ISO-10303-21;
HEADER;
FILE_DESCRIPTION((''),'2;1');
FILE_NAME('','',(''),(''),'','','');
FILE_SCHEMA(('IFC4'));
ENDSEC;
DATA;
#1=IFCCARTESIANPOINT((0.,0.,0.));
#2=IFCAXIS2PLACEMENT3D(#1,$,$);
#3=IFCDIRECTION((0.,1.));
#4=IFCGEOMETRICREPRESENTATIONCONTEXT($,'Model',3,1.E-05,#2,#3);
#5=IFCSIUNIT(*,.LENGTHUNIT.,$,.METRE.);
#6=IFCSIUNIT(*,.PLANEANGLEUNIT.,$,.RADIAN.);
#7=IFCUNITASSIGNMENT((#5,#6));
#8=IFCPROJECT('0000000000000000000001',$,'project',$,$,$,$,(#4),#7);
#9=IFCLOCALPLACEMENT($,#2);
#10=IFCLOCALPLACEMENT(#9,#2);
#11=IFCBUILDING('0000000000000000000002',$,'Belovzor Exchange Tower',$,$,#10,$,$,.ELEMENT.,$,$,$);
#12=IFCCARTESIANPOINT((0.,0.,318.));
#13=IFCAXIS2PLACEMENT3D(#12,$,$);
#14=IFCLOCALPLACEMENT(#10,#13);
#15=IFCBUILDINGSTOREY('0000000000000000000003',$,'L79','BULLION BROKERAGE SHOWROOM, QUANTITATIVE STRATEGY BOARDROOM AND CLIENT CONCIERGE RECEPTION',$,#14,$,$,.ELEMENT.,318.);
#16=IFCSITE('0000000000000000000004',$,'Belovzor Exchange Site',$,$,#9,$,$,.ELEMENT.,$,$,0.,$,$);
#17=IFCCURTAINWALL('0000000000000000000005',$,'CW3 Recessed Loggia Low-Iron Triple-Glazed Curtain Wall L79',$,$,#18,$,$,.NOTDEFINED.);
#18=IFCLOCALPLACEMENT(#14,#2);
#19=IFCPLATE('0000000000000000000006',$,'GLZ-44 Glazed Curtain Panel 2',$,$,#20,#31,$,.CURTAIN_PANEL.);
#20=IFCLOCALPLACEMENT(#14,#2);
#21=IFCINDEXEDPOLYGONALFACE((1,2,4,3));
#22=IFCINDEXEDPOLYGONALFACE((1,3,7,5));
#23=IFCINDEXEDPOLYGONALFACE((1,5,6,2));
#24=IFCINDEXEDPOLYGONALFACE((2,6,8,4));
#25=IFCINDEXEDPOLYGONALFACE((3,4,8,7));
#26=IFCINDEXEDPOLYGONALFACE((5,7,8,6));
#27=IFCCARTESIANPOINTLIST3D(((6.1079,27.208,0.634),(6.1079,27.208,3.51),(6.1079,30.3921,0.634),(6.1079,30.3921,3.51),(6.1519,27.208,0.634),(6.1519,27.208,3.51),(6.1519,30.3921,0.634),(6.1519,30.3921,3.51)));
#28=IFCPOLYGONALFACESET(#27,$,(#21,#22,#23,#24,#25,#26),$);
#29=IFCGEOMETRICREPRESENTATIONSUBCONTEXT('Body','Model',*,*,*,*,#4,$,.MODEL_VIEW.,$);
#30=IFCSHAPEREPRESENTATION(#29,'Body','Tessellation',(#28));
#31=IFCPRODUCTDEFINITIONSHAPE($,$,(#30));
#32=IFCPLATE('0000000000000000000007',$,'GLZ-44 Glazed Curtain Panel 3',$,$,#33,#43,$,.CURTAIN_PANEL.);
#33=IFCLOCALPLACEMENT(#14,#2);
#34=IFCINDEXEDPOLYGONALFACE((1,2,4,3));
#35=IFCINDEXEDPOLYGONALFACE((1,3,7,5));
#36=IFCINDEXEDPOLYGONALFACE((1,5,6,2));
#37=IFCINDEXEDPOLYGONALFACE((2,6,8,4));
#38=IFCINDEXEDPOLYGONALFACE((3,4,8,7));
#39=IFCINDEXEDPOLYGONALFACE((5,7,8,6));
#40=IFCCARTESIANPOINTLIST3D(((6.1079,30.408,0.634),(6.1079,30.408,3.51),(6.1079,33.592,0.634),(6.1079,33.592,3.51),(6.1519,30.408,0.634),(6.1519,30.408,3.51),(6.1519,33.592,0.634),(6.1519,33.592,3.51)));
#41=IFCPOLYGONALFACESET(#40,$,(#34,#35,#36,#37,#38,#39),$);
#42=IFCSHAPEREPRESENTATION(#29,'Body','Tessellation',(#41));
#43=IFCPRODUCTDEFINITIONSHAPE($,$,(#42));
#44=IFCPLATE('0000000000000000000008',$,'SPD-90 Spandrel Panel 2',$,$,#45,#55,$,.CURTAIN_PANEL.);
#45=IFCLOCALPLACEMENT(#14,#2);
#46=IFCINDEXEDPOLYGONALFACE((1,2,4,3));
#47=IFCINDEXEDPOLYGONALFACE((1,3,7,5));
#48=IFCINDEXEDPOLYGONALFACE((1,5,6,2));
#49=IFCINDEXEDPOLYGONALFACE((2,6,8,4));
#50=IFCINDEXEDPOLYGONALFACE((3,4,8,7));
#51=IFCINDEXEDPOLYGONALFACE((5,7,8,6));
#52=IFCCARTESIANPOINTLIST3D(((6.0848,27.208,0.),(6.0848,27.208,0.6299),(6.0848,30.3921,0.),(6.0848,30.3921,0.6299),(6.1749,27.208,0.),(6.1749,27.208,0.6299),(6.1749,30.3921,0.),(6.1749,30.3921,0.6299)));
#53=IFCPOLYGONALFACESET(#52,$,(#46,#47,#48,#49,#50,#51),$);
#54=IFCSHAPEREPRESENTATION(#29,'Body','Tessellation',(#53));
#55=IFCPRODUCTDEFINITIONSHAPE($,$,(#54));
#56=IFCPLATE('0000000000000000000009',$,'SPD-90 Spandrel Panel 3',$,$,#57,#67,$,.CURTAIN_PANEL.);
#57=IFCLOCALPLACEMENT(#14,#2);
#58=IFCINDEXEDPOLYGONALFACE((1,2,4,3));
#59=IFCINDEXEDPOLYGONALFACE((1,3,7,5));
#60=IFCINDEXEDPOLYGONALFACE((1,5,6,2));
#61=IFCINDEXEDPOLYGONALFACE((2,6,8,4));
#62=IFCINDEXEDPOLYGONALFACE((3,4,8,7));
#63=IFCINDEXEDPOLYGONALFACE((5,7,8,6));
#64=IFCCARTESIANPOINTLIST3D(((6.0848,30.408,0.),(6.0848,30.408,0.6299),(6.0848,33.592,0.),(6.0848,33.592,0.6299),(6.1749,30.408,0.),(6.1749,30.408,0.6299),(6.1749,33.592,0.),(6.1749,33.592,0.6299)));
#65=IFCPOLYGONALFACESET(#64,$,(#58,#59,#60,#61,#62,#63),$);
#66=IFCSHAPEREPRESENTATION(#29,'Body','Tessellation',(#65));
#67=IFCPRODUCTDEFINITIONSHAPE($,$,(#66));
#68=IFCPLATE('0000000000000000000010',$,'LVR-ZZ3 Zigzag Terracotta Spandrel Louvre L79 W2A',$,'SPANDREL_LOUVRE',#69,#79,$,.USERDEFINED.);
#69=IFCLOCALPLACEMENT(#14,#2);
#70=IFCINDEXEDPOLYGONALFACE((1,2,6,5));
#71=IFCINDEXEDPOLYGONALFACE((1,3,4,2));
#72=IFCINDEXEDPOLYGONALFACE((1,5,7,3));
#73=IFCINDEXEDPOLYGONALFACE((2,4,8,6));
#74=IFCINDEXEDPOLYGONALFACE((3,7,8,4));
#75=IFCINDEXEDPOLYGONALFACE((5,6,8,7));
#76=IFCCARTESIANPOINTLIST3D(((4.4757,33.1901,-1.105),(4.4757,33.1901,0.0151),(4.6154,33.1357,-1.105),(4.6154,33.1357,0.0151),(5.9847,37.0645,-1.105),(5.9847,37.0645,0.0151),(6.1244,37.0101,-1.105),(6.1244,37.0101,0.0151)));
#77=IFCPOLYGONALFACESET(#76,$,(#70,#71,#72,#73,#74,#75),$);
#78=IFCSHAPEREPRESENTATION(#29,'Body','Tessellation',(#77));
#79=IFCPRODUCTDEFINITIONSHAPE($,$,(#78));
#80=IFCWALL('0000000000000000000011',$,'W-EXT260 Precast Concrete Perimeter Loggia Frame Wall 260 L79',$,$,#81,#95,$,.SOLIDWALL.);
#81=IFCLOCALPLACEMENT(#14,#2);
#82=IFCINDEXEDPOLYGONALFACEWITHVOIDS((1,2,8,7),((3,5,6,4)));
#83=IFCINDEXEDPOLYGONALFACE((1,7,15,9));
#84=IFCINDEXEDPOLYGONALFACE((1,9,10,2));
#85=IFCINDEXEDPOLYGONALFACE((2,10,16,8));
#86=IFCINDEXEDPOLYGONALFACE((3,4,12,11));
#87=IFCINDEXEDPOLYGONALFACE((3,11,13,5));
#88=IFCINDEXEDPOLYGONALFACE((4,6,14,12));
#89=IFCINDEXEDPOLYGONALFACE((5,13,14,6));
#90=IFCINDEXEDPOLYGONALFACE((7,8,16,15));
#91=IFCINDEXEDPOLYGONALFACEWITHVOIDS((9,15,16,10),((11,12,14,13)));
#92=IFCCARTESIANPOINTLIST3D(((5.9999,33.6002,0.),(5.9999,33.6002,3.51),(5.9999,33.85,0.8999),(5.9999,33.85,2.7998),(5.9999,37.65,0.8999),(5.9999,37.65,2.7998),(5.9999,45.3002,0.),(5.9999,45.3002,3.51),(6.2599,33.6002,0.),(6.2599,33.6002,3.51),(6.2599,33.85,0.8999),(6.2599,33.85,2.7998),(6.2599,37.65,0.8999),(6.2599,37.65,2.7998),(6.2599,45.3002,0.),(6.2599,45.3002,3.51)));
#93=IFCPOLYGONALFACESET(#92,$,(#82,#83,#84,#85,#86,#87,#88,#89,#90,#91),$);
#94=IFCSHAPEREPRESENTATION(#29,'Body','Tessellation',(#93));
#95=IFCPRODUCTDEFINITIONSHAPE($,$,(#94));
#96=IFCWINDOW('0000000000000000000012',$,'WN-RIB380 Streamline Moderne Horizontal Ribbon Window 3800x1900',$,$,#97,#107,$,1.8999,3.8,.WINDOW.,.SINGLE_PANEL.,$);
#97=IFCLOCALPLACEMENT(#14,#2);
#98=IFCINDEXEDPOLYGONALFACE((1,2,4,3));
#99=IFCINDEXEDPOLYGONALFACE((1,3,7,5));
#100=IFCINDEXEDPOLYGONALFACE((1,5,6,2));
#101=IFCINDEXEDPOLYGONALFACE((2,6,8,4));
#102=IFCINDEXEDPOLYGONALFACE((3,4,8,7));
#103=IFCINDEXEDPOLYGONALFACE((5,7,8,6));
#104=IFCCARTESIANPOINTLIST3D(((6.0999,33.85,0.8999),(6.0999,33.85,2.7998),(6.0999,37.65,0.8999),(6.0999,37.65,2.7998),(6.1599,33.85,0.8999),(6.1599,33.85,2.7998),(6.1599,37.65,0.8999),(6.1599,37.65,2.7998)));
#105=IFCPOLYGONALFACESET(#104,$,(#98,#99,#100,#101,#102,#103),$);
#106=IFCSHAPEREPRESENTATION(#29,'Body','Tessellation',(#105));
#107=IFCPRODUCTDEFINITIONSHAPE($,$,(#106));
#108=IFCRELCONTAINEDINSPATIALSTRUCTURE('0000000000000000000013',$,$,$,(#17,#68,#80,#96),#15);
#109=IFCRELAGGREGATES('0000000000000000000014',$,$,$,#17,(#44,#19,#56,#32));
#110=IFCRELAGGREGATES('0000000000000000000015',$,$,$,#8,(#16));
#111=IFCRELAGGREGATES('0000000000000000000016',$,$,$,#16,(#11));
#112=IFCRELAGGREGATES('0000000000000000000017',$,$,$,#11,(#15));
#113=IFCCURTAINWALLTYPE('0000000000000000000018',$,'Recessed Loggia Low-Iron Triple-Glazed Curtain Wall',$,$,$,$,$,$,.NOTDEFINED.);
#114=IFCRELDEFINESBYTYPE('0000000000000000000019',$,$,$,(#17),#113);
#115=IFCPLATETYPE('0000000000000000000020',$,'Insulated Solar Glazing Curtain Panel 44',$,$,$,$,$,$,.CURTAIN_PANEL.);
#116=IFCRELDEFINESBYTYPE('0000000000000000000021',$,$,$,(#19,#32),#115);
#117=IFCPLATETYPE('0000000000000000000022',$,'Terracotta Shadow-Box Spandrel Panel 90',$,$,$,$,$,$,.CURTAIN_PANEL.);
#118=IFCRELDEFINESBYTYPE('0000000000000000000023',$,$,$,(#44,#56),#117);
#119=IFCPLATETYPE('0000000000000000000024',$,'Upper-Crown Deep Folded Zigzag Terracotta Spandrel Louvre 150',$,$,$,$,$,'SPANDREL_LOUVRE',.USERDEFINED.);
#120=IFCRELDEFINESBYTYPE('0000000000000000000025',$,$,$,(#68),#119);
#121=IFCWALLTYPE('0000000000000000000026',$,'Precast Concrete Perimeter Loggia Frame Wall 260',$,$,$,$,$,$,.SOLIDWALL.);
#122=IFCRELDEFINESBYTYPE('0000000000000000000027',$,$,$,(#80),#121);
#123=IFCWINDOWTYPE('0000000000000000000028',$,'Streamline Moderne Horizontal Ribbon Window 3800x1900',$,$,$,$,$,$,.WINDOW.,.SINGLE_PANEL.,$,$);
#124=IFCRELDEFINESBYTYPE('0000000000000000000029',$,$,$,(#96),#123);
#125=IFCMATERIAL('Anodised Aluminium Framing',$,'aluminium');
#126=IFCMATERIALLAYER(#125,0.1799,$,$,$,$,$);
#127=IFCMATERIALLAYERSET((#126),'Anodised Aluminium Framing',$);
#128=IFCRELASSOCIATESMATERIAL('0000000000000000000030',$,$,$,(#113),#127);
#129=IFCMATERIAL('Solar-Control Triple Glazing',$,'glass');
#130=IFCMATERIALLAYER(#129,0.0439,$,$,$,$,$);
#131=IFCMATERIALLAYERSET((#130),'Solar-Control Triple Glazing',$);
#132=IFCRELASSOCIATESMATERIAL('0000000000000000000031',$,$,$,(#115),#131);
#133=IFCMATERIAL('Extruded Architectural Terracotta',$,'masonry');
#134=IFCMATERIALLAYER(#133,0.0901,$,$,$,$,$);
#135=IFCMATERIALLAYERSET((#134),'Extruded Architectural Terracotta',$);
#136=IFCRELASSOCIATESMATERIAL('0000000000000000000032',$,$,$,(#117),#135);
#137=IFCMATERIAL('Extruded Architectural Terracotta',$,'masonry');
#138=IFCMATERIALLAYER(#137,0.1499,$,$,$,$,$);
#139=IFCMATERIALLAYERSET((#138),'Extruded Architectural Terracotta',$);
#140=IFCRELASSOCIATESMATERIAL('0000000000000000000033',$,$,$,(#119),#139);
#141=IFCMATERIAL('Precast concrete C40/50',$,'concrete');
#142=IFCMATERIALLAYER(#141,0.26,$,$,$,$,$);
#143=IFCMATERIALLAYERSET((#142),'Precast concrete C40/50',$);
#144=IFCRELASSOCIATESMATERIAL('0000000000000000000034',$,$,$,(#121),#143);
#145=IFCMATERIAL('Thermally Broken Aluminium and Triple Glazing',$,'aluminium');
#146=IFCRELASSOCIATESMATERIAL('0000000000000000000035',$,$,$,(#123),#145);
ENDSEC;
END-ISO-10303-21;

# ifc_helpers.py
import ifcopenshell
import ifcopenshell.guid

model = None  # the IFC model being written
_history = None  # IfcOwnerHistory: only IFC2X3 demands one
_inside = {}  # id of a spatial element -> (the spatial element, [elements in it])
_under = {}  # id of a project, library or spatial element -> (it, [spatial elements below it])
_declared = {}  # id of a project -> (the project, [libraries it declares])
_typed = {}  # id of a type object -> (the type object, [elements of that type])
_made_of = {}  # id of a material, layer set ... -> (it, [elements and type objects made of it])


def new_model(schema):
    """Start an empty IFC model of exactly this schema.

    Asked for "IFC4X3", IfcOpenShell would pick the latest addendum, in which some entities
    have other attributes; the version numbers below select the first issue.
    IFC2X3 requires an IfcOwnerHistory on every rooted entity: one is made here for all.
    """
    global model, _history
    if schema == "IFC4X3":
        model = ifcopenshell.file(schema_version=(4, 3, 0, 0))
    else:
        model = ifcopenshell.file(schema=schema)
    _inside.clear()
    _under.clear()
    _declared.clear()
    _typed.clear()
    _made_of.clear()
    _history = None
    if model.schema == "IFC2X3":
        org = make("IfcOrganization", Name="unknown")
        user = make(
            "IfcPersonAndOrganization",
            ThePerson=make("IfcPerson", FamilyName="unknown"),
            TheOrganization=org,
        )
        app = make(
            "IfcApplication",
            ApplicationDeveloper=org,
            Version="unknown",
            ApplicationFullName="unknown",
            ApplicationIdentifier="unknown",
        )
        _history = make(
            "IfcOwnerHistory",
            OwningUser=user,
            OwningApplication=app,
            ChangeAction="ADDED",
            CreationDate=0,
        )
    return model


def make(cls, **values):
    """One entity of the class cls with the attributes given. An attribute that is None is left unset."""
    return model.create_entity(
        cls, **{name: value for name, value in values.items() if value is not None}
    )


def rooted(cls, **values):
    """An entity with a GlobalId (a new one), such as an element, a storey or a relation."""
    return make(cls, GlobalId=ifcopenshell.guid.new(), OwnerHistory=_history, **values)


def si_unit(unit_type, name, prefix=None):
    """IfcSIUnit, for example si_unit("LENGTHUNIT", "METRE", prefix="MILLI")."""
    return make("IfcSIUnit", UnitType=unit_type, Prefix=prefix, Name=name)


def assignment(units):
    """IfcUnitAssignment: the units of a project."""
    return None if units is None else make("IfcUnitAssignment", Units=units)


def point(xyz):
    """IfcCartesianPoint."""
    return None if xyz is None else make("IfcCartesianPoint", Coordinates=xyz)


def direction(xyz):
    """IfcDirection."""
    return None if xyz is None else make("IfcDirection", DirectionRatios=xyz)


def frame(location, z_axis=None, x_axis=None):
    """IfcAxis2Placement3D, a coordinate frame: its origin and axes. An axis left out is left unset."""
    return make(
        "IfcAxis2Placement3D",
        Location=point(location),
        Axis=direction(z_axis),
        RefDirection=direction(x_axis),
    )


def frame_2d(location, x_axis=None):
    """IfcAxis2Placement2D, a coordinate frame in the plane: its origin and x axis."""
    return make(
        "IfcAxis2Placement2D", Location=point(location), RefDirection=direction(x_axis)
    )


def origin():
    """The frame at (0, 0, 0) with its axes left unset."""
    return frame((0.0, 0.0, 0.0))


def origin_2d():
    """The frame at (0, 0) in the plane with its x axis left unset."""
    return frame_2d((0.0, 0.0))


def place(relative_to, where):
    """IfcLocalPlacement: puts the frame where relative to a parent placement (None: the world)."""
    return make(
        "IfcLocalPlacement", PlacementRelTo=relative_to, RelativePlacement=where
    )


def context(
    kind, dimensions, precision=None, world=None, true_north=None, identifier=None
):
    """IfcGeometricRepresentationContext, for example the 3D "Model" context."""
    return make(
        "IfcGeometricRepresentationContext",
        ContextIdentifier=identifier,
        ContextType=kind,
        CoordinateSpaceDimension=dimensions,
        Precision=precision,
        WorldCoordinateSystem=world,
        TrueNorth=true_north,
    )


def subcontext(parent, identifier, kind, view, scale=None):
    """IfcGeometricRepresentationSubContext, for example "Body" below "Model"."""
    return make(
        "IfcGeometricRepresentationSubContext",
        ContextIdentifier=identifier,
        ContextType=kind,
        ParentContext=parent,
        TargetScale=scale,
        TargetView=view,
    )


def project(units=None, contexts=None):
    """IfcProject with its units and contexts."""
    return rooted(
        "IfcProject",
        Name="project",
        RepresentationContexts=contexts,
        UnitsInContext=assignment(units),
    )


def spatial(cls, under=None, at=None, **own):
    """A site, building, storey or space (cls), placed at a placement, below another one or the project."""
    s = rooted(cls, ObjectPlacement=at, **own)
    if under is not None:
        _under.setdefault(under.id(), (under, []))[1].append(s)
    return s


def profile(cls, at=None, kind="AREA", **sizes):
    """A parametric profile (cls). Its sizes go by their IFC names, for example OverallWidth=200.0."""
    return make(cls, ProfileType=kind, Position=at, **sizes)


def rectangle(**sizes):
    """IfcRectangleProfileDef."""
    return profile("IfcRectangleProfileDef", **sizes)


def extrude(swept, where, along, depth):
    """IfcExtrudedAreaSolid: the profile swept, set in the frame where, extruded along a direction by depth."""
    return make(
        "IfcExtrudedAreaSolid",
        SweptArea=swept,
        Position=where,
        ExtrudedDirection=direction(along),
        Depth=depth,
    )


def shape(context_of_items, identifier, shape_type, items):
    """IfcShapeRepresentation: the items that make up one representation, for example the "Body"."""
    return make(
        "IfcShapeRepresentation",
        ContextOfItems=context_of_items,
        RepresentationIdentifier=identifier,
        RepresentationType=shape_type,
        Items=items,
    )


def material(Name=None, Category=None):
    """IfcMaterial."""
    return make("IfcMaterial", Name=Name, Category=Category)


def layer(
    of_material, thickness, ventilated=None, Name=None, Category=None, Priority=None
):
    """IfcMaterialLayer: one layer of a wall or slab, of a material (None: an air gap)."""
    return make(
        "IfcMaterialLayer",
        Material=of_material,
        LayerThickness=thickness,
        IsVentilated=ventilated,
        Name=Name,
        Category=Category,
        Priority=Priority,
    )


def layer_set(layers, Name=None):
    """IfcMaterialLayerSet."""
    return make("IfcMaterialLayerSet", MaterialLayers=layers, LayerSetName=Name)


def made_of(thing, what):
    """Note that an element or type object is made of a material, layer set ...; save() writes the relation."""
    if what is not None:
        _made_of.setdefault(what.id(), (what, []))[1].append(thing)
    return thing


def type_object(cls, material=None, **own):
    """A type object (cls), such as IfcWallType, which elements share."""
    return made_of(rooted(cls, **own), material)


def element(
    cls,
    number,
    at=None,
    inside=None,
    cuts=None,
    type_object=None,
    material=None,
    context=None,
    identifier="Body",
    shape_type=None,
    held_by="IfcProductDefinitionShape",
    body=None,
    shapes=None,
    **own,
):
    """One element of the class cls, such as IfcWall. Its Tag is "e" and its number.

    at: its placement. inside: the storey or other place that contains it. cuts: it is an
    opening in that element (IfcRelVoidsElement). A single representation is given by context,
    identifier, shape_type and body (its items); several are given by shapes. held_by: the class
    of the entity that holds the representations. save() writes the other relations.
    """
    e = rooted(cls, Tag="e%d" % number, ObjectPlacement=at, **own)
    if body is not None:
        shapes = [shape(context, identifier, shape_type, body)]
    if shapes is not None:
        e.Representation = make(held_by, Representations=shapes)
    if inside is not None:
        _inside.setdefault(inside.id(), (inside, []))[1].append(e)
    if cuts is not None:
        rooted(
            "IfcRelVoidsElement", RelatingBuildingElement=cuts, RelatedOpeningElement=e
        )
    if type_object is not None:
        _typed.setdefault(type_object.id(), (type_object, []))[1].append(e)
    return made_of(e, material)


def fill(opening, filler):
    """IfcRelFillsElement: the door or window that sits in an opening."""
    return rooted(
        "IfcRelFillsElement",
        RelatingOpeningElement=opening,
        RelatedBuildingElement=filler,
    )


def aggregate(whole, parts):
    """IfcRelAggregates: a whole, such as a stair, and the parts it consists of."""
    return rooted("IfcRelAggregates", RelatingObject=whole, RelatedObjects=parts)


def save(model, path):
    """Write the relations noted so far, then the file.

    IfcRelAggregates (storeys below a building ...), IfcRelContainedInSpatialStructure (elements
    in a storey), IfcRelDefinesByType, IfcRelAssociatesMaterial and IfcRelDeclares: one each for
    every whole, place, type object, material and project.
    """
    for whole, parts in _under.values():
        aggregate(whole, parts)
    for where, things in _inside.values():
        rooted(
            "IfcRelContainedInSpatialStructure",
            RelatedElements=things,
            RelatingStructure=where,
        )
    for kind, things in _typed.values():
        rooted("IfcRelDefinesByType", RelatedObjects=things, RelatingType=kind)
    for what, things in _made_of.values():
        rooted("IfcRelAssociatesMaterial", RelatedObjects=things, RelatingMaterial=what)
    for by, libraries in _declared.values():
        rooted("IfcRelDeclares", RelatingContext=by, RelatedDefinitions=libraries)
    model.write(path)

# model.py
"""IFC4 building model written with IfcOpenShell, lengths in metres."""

from ifc_helpers import new_model, si_unit, direction, frame, frame_2d, origin, origin_2d, place, context, subcontext, project, spatial, rectangle, extrude, material, layer, layer_set, type_object, element, fill, aggregate, save


model = new_model("IFC4")

# Units and contexts
model_context = context("Model", 3, precision=1e-05, world=origin(), true_north=direction((0.0, 1.0)))
body_context = subcontext(model_context, "Body", "Model", "MODEL_VIEW")
ifc_project = project(units=[si_unit("LENGTHUNIT", "METRE"), si_unit("PLANEANGLEUNIT", "RADIAN")], contexts=[model_context])

# Site, building, storey
site_placement = place(None, origin())
site = spatial("IfcSite", under=ifc_project, at=site_placement, Name="Belovzor Exchange Site", CompositionType="ELEMENT", RefElevation=0.0)
building_placement = place(site_placement, origin())
building = spatial("IfcBuilding", under=site, at=building_placement, Name="Belovzor Exchange Tower", CompositionType="ELEMENT")
storey_placement = place(building_placement, frame((0.0, 0.0, 318.0)))
storey = spatial("IfcBuildingStorey", under=building, at=storey_placement, Name="L79", Description="BULLION BROKERAGE SHOWROOM, QUANTITATIVE STRATEGY BOARDROOM AND CLIENT CONCIERGE RECEPTION", CompositionType="ELEMENT", Elevation=318.0)

# Curtain wall
ifc_material_1 = material(Name="Anodised Aluminium Framing", Category="aluminium")
ifc_layer_1 = layer(ifc_material_1, 0.1799)
ifc_layer_set_1 = layer_set([ifc_layer_1], Name="Anodised Aluminium Framing")
curtain_wall_type = type_object("IfcCurtainWallType", Name="Recessed Loggia Low-Iron Triple-Glazed Curtain Wall", PredefinedType="NOTDEFINED", material=ifc_layer_set_1)
curtain_wall_placement = place(storey_placement, origin())
curtain_wall = element("IfcCurtainWall", 1, at=curtain_wall_placement, inside=storey, type_object=curtain_wall_type, Name="CW3 Recessed Loggia Low-Iron Triple-Glazed Curtain Wall L79", PredefinedType="NOTDEFINED")

# Plates
ifc_material_2 = material(Name="Solar-Control Triple Glazing", Category="glass")
ifc_layer_2 = layer(ifc_material_2, 0.0439)
ifc_layer_set_2 = layer_set([ifc_layer_2], Name="Solar-Control Triple Glazing")
plate_type_1 = type_object("IfcPlateType", Name="Insulated Solar Glazing Curtain Panel 44", PredefinedType="CURTAIN_PANEL", material=ifc_layer_set_2)
plate_1_placement = place(storey_placement, frame((6.1299, 28.8, 0.634), z_axis=(0.0, 0.0, 1.0), x_axis=(0.0, 1.0, 0.0)))
plate_1 = element("IfcPlate", 2, at=plate_1_placement, type_object=plate_type_1, Name="GLZ-44 Glazed Curtain Panel 2", PredefinedType="CURTAIN_PANEL", context=body_context, shape_type="SweptSolid", body=[
    extrude(rectangle(XDim=3.1841, YDim=0.0439, at=origin_2d()), origin(), (0.0, 0.0, 1.0), 2.876),
])
plate_2_placement = place(storey_placement, frame((6.1299, 32.0, 0.634), z_axis=(0.0, 0.0, 1.0), x_axis=(0.0, 1.0, 0.0)))
plate_2 = element("IfcPlate", 3, at=plate_2_placement, type_object=plate_type_1, Name="GLZ-44 Glazed Curtain Panel 3", PredefinedType="CURTAIN_PANEL", context=body_context, shape_type="SweptSolid", body=[
    extrude(rectangle(XDim=3.1841, YDim=0.0439, at=origin_2d()), origin(), (0.0, 0.0, 1.0), 2.876),
])
ifc_material_3 = material(Name="Extruded Architectural Terracotta", Category="masonry")
ifc_layer_3 = layer(ifc_material_3, 0.0901)
ifc_layer_set_3 = layer_set([ifc_layer_3], Name="Extruded Architectural Terracotta")
plate_type_2 = type_object("IfcPlateType", Name="Terracotta Shadow-Box Spandrel Panel 90", PredefinedType="CURTAIN_PANEL", material=ifc_layer_set_3)
plate_3_placement = place(storey_placement, frame((6.1299, 28.8, 0.0), z_axis=(0.0, 0.0, 1.0), x_axis=(0.0, 1.0, 0.0)))
plate_3 = element("IfcPlate", 4, at=plate_3_placement, type_object=plate_type_2, Name="SPD-90 Spandrel Panel 2", PredefinedType="CURTAIN_PANEL", context=body_context, shape_type="SweptSolid", body=[
    extrude(rectangle(XDim=3.1841, YDim=0.0901, at=origin_2d()), origin(), (0.0, 0.0, 1.0), 0.6299),
])
plate_4_placement = place(storey_placement, frame((6.1299, 32.0, 0.0), z_axis=(0.0, 0.0, 1.0), x_axis=(0.0, 1.0, 0.0)))
plate_4 = element("IfcPlate", 5, at=plate_4_placement, type_object=plate_type_2, Name="SPD-90 Spandrel Panel 3", PredefinedType="CURTAIN_PANEL", context=body_context, shape_type="SweptSolid", body=[
    extrude(rectangle(XDim=3.1841, YDim=0.0901, at=origin_2d()), origin(), (0.0, 0.0, 1.0), 0.6299),
])
aggregate(curtain_wall, [plate_3, plate_1, plate_4, plate_2])
ifc_material_4 = material(Name="Extruded Architectural Terracotta", Category="masonry")
ifc_layer_4 = layer(ifc_material_4, 0.1499)
ifc_layer_set_4 = layer_set([ifc_layer_4], Name="Extruded Architectural Terracotta")
plate_type_3 = type_object("IfcPlateType", Name="Upper-Crown Deep Folded Zigzag Terracotta Spandrel Louvre 150", ElementType="SPANDREL_LOUVRE", PredefinedType="USERDEFINED", material=ifc_layer_set_4)
plate_5_placement = place(storey_placement, frame((5.3, 35.1001, -1.105), z_axis=(0.0, 0.0, 1.0), x_axis=(0.362926, 0.931818, 0.0)))
element("IfcPlate", 6, at=plate_5_placement, inside=storey, type_object=plate_type_3, Name="LVR-ZZ3 Zigzag Terracotta Spandrel Louvre L79 W2A", ObjectType="SPANDREL_LOUVRE", PredefinedType="USERDEFINED", context=body_context, shape_type="SweptSolid", body=[
    extrude(rectangle(XDim=4.158, YDim=0.1499, at=origin_2d()), origin(), (0.0, 0.0, 1.0), 1.1201),
])

# Wall, opening, window
ifc_material_5 = material(Name="Precast concrete C40/50", Category="concrete")
ifc_layer_5 = layer(ifc_material_5, 0.26)
ifc_layer_set_5 = layer_set([ifc_layer_5], Name="Precast concrete C40/50")
wall_type = type_object("IfcWallType", Name="Precast Concrete Perimeter Loggia Frame Wall 260", PredefinedType="SOLIDWALL", material=ifc_layer_set_5)
wall_placement = place(storey_placement, frame((6.1299, 33.6001, 0.0), z_axis=(0.0, 0.0, 1.0), x_axis=(0.0, 1.0, 0.0)))
wall = element("IfcWall", 7, at=wall_placement, inside=storey, type_object=wall_type, Name="W-EXT260 Precast Concrete Perimeter Loggia Frame Wall 260 L79", PredefinedType="SOLIDWALL", context=body_context, shape_type="SweptSolid", body=[
    extrude(rectangle(XDim=11.7, YDim=0.26, at=frame_2d((5.8501, 0.0))), origin(), (0.0, 0.0, 1.0), 3.51),
])
opening_placement = place(wall_placement, frame((0.25, 0.0, 0.8999)))
opening = element("IfcOpeningElement", 8, at=opening_placement, cuts=wall, PredefinedType="OPENING", context=body_context, shape_type="SweptSolid", body=[
    extrude(rectangle(XDim=3.8, YDim=1.8999, at=frame_2d((1.8999, 0.95))), frame((0.0, 0.1399, 0.0), z_axis=(0.0, -1.0, 0.0), x_axis=(1.0, 0.0, 0.0)), (0.0, 0.0, 1.0), 0.28),
])
ifc_material_6 = material(Name="Thermally Broken Aluminium and Triple Glazing", Category="aluminium")
window_type = type_object("IfcWindowType", Name="Streamline Moderne Horizontal Ribbon Window 3800x1900", PartitioningType="SINGLE_PANEL", PredefinedType="WINDOW", material=ifc_material_6)
window_placement = place(opening_placement, origin())
window = element("IfcWindow", 9, at=window_placement, inside=storey, type_object=window_type, Name="WN-RIB380 Streamline Moderne Horizontal Ribbon Window 3800x1900", OverallHeight=1.8999, OverallWidth=3.8, PartitioningType="SINGLE_PANEL", PredefinedType="WINDOW", context=body_context, shape_type="SweptSolid", body=[
    extrude(rectangle(XDim=3.8, YDim=1.8999, at=frame_2d((1.8999, 0.95))), frame((0.0, 0.03, 0.0), z_axis=(0.0, -1.0, 0.0), x_axis=(1.0, 0.0, 0.0)), (0.0, 0.0, 1.0), 0.0601),
])
fill(opening, window)

save(model, "model.ifc")
